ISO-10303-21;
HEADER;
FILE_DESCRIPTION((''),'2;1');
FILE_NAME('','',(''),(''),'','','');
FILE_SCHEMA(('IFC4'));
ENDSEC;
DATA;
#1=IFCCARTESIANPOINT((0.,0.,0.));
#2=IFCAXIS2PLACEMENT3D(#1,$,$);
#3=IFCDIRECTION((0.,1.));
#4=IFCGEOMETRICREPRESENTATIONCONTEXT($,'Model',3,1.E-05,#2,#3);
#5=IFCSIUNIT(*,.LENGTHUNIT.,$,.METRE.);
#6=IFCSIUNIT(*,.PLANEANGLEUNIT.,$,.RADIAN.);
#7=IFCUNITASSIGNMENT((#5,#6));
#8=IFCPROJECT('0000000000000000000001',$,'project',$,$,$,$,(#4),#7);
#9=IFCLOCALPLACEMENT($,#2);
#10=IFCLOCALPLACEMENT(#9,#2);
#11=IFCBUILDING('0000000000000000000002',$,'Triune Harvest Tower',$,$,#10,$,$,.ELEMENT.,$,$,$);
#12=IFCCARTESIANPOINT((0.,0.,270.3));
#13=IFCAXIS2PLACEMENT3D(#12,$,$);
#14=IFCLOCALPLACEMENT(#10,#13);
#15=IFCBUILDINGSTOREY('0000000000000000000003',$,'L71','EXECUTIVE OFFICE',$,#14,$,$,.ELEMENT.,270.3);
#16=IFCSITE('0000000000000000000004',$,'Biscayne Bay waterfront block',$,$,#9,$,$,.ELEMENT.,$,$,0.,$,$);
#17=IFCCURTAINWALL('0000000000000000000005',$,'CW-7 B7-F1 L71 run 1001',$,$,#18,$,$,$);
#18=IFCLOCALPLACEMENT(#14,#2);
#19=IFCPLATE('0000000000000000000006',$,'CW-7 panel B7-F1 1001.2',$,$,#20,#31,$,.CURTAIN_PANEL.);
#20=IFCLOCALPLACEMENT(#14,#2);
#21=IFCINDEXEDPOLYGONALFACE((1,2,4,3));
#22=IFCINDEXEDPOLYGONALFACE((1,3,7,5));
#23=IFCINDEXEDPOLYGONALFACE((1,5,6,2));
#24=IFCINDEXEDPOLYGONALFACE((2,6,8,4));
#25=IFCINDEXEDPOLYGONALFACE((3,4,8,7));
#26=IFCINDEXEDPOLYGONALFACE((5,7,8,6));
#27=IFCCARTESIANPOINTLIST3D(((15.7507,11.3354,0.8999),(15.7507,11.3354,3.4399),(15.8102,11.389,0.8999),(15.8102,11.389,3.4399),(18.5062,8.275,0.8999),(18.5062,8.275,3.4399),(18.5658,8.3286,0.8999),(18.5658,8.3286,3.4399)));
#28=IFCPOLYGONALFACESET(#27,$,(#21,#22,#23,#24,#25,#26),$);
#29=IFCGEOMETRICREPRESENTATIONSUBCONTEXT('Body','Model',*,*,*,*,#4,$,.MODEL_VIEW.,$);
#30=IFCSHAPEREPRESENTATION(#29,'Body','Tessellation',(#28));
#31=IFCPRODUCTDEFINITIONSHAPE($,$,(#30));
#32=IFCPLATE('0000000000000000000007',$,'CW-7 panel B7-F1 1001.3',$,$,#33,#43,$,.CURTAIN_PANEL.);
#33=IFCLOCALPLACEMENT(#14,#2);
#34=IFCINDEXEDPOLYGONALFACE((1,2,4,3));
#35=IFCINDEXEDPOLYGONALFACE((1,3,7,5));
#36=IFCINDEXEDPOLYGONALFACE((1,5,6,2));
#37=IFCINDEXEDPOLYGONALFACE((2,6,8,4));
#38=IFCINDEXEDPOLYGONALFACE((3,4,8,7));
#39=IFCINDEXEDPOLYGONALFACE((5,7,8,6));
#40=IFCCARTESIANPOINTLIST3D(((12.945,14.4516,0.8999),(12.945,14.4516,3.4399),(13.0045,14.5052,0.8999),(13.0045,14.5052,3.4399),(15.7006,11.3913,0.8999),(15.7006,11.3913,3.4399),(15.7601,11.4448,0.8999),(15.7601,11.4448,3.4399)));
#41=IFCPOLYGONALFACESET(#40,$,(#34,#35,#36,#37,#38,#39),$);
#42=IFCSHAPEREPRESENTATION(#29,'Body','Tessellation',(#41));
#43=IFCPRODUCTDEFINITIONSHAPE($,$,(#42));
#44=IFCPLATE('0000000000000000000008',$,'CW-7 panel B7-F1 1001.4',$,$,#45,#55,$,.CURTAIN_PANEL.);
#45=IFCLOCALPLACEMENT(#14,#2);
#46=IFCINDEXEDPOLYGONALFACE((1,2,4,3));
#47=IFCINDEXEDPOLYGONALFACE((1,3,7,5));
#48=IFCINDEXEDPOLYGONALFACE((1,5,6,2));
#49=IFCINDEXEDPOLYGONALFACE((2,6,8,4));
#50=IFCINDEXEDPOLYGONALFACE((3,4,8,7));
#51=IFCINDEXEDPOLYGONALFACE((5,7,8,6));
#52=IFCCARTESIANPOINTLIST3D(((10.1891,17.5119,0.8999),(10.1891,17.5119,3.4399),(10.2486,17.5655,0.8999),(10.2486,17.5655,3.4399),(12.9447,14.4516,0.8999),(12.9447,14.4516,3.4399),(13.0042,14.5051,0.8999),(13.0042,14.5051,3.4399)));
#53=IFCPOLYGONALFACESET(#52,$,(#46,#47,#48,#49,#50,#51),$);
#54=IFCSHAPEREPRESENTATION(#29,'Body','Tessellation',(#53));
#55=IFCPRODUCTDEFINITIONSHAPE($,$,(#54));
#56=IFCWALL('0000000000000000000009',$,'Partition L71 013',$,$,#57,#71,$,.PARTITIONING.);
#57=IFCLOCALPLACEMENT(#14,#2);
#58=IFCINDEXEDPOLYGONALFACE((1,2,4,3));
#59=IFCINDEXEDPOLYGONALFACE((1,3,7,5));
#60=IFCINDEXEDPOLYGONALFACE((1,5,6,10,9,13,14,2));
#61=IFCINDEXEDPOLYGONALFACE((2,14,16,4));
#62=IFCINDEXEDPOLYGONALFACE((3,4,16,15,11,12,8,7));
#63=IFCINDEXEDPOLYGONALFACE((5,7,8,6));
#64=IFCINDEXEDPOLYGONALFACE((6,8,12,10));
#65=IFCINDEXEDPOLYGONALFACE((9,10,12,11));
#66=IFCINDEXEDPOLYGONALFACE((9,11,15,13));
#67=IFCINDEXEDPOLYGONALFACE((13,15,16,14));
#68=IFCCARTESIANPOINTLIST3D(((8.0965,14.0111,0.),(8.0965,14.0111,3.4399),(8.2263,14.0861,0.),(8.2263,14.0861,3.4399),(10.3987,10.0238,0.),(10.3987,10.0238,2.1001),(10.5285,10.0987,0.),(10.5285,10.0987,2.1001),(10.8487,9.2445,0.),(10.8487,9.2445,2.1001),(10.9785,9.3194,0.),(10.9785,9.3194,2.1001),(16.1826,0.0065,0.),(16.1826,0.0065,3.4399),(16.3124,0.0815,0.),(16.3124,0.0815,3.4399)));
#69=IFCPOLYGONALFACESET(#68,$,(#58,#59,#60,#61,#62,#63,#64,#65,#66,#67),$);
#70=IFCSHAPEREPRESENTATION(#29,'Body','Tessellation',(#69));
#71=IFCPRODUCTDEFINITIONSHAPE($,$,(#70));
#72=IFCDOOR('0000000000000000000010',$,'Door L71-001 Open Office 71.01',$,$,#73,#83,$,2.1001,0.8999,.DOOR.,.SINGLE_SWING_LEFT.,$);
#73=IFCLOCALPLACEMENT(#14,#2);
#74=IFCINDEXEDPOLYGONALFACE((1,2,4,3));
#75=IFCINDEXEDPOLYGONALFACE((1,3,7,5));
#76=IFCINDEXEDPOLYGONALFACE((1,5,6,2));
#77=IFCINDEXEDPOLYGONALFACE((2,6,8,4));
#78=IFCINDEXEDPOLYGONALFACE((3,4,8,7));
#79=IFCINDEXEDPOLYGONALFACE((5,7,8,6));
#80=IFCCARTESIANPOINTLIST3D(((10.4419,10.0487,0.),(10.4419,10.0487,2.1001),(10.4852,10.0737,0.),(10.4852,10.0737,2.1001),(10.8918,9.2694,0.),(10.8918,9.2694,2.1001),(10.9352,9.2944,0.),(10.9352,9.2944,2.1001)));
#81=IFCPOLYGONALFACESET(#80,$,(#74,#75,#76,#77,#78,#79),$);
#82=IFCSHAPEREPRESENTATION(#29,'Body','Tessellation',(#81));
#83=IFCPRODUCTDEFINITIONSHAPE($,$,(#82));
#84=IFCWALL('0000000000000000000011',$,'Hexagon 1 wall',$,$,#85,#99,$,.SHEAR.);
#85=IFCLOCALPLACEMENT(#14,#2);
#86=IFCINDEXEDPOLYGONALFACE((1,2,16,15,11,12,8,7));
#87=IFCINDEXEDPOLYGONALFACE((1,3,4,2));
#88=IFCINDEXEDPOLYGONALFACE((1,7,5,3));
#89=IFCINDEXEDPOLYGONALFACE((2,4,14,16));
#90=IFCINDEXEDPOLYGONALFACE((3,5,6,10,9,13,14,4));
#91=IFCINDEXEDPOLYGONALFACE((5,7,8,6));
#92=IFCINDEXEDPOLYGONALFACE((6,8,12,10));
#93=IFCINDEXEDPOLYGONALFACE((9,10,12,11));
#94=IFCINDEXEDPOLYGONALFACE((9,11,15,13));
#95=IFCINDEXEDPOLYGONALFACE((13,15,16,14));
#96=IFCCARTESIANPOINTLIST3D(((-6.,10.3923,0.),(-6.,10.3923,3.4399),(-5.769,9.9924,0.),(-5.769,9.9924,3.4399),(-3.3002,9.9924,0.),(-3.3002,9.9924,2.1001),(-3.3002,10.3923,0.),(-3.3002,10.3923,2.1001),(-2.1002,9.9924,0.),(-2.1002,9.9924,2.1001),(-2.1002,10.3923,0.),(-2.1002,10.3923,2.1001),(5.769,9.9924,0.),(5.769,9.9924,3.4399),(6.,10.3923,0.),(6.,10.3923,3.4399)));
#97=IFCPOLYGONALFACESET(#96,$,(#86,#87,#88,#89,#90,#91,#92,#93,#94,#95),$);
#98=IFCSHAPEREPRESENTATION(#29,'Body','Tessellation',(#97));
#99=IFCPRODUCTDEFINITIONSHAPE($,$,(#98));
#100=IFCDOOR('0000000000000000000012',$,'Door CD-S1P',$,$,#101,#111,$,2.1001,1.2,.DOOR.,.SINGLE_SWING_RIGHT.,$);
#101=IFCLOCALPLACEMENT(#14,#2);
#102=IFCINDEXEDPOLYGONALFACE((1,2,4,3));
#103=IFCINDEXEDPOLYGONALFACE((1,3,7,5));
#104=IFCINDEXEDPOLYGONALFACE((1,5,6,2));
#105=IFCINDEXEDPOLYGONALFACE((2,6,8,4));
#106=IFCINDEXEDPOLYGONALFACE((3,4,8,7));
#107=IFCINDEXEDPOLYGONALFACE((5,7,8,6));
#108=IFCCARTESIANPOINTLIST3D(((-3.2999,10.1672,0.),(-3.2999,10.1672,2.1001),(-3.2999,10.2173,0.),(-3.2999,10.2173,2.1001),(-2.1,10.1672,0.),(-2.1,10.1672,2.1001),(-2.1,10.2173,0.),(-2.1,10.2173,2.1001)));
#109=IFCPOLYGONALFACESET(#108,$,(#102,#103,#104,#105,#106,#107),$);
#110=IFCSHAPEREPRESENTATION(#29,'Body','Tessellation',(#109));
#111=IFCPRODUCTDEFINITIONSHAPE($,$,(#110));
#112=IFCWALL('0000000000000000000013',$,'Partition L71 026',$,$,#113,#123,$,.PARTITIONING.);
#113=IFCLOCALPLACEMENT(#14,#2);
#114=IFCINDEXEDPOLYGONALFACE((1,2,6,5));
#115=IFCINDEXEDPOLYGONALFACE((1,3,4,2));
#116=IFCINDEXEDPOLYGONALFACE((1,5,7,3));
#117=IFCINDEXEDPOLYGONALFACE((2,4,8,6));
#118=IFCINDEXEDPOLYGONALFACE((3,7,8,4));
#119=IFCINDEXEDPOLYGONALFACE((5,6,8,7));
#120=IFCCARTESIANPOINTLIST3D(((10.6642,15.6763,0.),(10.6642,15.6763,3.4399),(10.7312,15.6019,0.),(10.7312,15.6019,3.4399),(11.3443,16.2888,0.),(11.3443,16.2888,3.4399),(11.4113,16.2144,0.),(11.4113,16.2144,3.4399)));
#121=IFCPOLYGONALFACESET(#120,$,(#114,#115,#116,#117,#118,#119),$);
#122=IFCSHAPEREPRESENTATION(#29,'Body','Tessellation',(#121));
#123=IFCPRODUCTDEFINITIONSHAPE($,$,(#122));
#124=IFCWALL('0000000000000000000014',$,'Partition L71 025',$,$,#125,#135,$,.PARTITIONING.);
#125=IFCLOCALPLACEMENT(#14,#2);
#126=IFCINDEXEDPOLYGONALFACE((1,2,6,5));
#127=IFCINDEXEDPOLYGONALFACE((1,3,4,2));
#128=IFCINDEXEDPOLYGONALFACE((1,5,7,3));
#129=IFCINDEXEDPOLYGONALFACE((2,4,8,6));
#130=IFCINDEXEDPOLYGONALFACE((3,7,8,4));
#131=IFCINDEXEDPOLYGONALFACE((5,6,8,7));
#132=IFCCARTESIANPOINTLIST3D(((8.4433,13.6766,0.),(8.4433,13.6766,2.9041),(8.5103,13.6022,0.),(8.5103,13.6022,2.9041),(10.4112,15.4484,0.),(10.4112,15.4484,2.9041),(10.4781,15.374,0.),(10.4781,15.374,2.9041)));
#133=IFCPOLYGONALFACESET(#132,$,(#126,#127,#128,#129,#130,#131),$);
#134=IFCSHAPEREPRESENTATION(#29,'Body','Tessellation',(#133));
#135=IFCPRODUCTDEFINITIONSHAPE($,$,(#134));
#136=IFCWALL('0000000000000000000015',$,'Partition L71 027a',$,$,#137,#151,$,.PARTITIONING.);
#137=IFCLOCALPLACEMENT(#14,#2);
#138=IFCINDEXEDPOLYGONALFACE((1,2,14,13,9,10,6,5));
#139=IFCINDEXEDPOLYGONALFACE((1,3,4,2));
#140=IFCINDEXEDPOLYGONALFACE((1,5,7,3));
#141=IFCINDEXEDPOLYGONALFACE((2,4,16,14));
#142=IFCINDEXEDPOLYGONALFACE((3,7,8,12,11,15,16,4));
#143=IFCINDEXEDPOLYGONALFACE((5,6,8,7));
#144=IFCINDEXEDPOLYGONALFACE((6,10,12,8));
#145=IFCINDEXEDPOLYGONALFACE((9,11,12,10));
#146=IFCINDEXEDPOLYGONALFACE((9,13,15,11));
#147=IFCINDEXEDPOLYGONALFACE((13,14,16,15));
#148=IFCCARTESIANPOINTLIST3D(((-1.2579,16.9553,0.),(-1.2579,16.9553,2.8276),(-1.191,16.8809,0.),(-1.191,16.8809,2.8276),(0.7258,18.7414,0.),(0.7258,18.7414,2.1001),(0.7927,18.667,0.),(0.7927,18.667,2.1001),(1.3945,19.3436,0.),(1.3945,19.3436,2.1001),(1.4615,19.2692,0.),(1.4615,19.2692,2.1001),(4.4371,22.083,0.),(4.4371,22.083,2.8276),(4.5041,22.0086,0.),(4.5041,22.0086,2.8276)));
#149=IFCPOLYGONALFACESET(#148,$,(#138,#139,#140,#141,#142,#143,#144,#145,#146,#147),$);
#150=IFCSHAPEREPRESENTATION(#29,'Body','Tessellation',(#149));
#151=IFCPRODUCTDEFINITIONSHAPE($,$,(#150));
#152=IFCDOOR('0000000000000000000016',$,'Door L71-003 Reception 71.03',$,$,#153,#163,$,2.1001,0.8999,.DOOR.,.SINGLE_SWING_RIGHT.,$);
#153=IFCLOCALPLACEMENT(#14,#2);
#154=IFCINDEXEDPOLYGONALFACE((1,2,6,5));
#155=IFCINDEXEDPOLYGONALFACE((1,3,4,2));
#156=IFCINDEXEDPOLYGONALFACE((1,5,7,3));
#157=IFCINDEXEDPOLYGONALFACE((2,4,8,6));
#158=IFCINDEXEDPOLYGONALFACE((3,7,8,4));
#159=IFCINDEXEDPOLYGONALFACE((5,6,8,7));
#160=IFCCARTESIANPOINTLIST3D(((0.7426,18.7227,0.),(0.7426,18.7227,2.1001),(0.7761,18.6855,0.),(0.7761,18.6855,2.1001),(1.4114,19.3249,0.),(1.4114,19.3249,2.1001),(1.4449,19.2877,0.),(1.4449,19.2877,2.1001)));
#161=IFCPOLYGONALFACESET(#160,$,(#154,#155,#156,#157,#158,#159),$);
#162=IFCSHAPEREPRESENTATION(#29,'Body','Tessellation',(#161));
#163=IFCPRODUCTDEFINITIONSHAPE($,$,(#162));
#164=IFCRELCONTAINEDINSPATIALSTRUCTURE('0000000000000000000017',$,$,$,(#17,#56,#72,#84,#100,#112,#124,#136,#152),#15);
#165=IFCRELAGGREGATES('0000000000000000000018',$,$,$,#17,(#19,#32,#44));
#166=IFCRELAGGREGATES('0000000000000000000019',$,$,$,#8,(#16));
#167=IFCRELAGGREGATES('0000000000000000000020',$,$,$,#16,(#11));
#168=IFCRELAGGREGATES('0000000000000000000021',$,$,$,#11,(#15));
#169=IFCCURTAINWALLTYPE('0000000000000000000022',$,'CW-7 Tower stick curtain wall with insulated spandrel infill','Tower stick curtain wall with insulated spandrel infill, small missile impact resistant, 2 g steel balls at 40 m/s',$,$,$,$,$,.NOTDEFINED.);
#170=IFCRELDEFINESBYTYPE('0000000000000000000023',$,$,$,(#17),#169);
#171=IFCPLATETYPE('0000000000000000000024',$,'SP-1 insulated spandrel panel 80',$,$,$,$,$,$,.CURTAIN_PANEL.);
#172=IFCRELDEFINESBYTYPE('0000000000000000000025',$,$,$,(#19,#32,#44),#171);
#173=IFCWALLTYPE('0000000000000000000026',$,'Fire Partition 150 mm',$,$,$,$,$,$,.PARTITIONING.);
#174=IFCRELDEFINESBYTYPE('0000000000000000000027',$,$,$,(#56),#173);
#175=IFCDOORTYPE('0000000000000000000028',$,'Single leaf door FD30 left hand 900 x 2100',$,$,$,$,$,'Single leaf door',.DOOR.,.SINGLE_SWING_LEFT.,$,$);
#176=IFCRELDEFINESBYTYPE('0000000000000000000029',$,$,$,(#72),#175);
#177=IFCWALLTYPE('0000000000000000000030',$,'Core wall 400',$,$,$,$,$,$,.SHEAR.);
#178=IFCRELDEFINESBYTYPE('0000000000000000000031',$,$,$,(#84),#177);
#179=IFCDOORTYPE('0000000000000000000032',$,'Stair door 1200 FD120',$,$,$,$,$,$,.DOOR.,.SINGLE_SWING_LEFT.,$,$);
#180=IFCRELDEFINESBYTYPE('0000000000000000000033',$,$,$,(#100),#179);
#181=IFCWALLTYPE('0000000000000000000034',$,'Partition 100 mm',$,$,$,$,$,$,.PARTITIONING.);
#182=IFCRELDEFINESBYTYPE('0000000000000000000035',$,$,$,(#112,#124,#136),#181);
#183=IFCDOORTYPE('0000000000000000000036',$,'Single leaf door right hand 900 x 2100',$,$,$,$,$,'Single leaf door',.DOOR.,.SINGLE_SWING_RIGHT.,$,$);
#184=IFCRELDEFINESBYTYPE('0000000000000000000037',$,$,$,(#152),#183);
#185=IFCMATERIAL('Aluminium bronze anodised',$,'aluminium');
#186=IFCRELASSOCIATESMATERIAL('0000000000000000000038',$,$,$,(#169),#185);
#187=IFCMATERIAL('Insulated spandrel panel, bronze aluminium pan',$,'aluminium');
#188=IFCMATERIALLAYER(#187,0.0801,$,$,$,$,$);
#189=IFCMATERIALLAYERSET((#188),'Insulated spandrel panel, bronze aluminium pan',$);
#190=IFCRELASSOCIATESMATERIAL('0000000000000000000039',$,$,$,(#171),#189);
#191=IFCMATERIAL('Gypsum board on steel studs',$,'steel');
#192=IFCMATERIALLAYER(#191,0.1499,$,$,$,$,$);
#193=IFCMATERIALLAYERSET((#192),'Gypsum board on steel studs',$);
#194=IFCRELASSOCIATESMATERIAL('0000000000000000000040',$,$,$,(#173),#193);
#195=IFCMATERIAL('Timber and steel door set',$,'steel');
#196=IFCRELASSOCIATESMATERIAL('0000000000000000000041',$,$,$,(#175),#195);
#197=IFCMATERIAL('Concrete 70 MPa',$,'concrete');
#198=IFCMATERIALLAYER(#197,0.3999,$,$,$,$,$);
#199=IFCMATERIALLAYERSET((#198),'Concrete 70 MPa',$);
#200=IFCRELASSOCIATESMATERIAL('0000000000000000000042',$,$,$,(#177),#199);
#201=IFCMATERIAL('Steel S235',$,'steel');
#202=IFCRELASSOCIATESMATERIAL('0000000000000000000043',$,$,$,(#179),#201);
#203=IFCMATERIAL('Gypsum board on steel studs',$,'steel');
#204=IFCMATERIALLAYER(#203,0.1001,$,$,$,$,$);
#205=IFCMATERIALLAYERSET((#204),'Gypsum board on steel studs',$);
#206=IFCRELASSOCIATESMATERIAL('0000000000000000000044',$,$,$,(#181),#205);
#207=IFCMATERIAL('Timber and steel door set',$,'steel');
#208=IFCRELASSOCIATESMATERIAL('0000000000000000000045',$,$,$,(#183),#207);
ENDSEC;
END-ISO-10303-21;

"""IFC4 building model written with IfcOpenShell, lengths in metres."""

from ifc_helpers import new_model, si_unit, direction, frame, frame_2d, origin, origin_2d, place, context, subcontext, project, spatial, polyline, rectangle, outline, extrude, source, transform, mapped, material, layer, layer_set, type_object, element, fill, aggregate, save


model = new_model("IFC4")

# Units and contexts
model_context = context("Model", 3, precision=1e-05, world=origin(), true_north=direction((0.0, 1.0)))
body_context = subcontext(model_context, "Body", "Model", "MODEL_VIEW")
ifc_project = project(units=[si_unit("LENGTHUNIT", "METRE"), si_unit("PLANEANGLEUNIT", "RADIAN")], contexts=[model_context])

# Site, building, storey
site_placement = place(None, origin())
site = spatial("IfcSite", under=ifc_project, at=site_placement, Name="Biscayne Bay waterfront block", CompositionType="ELEMENT", RefElevation=0.0)
building_placement = place(site_placement, origin())
building = spatial("IfcBuilding", under=site, at=building_placement, Name="Triune Harvest Tower", CompositionType="ELEMENT")
storey_placement = place(building_placement, frame((0.0, 0.0, 270.3)))
storey = spatial("IfcBuildingStorey", under=building, at=storey_placement, Name="L71", Description="EXECUTIVE OFFICE", CompositionType="ELEMENT", Elevation=270.3)

# Curtain wall, plates
ifc_material_1 = material(Name="Aluminium bronze anodised", Category="aluminium")
curtain_wall_type = type_object("IfcCurtainWallType", Name="CW-7 Tower stick curtain wall with insulated spandrel infill", Description="Tower stick curtain wall with insulated spandrel infill, small missile impact resistant, 2 g steel balls at 40 m/s", PredefinedType="NOTDEFINED", material=ifc_material_1)
curtain_wall_placement = place(storey_placement, origin())
curtain_wall = element("IfcCurtainWall", 1, at=curtain_wall_placement, inside=storey, type_object=curtain_wall_type, Name="CW-7 B7-F1 L71 run 1001")
ifc_material_2 = material(Name="Insulated spandrel panel, bronze aluminium pan", Category="aluminium")
ifc_layer_1 = layer(ifc_material_2, 0.0801)
ifc_layer_set_1 = layer_set([ifc_layer_1], Name="Insulated spandrel panel, bronze aluminium pan")
plate_type = type_object("IfcPlateType", Name="SP-1 insulated spandrel panel 80", PredefinedType="CURTAIN_PANEL", material=ifc_layer_set_1)
shared_shape_1 = source(origin(), body_context, "Body", "SweptSolid", [
    extrude(rectangle(XDim=4.1182, YDim=0.0801, at=origin_2d()), origin(), (0.0, 0.0, 1.0), 2.54),
])
plate_1_placement = place(storey_placement, frame((17.1582, 9.832, 0.8999), z_axis=(0.0, 0.0, 1.0), x_axis=(-0.669131, 0.743144, 0.0)))
plate_1 = element("IfcPlate", 2, at=plate_1_placement, type_object=plate_type, Name="CW-7 panel B7-F1 1001.2", PredefinedType="CURTAIN_PANEL", context=body_context, shape_type="MappedRepresentation", body=[
    mapped(shared_shape_1, transform((0.0, 0.0, 0.0), scale=1.0)),
])
plate_2_placement = place(storey_placement, frame((14.3525, 12.9482, 0.8999), z_axis=(0.0, 0.0, 1.0), x_axis=(-0.669131, 0.743144, 0.0)))
plate_2 = element("IfcPlate", 3, at=plate_2_placement, type_object=plate_type, Name="CW-7 panel B7-F1 1001.3", PredefinedType="CURTAIN_PANEL", context=body_context, shape_type="MappedRepresentation", body=[
    mapped(shared_shape_1, transform((0.0, 0.0, 0.0), scale=1.0)),
])
plate_3_placement = place(storey_placement, frame((11.5967, 16.0085, 0.8999), z_axis=(0.0, 0.0, 1.0), x_axis=(-0.669131, 0.743144, 0.0)))
plate_3 = element("IfcPlate", 4, at=plate_3_placement, type_object=plate_type, Name="CW-7 panel B7-F1 1001.4", PredefinedType="CURTAIN_PANEL", context=body_context, shape_type="MappedRepresentation", body=[
    mapped(shared_shape_1, transform((0.0, 0.0, 0.0), scale=1.0)),
])
aggregate(curtain_wall, [plate_1, plate_2, plate_3])

# Walls, openings, doors
ifc_material_3 = material(Name="Gypsum board on steel studs", Category="steel")
ifc_layer_2 = layer(ifc_material_3, 0.1499)
ifc_layer_set_2 = layer_set([ifc_layer_2], Name="Gypsum board on steel studs")
wall_type_1 = type_object("IfcWallType", Name="Fire Partition 150 mm", PredefinedType="PARTITIONING", material=ifc_layer_set_2)
wall_1_placement = place(storey_placement, frame((8.1614, 14.0486, 0.0), z_axis=(0.0, 0.0, 1.0), x_axis=(0.500028, -0.866009, 0.0)))
wall_1 = element("IfcWall", 5, at=wall_1_placement, inside=storey, type_object=wall_type_1, Name="Partition L71 013", PredefinedType="PARTITIONING", context=body_context, shape_type="SweptSolid", body=[
    extrude(rectangle(XDim=16.1714, YDim=0.1499, at=frame_2d((8.0857, 0.0))), origin(), (0.0, 0.0, 1.0), 3.4399),
])
opening_1_placement = place(wall_1_placement, frame((4.6042, 0.0, 0.0)))
opening_1 = element("IfcOpeningElement", 6, at=opening_1_placement, cuts=wall_1, PredefinedType="OPENING", context=body_context, shape_type="SweptSolid", body=[
    extrude(rectangle(XDim=0.8999, YDim=2.1001, at=frame_2d((0.45, 1.05))), frame((0.0, 0.085, 0.0), z_axis=(0.0, -1.0, 0.0), x_axis=(1.0, 0.0, 0.0)), (0.0, 0.0, 1.0), 0.1699),
])
ifc_material_4 = material(Name="Timber and steel door set", Category="steel")
door_type_1 = type_object("IfcDoorType", Name="Single leaf door FD30 left hand 900 x 2100", ElementType="Single leaf door", OperationType="SINGLE_SWING_LEFT", PredefinedType="DOOR", material=ifc_material_4)
door_1_placement = place(opening_1_placement, origin())
door_1 = element("IfcDoor", 7, at=door_1_placement, inside=storey, type_object=door_type_1, Name="Door L71-001 Open Office 71.01", OperationType="SINGLE_SWING_LEFT", OverallHeight=2.1001, OverallWidth=0.8999, PredefinedType="DOOR", context=body_context, shape_type="SweptSolid", body=[
    extrude(rectangle(XDim=0.8999, YDim=2.1001, at=frame_2d((0.45, 1.05))), frame((0.0, 0.0249, 0.0), z_axis=(0.0, -1.0, 0.0), x_axis=(1.0, 0.0, 0.0)), (0.0, 0.0, 1.0), 0.05),
])
fill(opening_1, door_1)
ifc_material_5 = material(Name="Concrete 70 MPa", Category="concrete")
ifc_layer_3 = layer(ifc_material_5, 0.3999)
ifc_layer_set_3 = layer_set([ifc_layer_3], Name="Concrete 70 MPa")
wall_type_2 = type_object("IfcWallType", Name="Core wall 400", PredefinedType="SHEAR", material=ifc_layer_set_3)
shared_shape_2 = source(origin(), body_context, "Body", "SweptSolid", [
    extrude(outline(polyline([(-0.1155, -0.2), (11.8845, -0.2), (11.6536, 0.2), (0.1155, 0.2), (-0.1155, -0.2)])), origin(), (0.0, 0.0, 1.0), 3.4399),
])
wall_2_placement = place(storey_placement, frame((5.8845, 10.1924, 0.0), z_axis=(0.0, 0.0, 1.0), x_axis=(-1.0, 0.0, 0.0)))
wall_2 = element("IfcWall", 8, at=wall_2_placement, inside=storey, type_object=wall_type_2, Name="Hexagon 1 wall", PredefinedType="SHEAR", context=body_context, shape_type="MappedRepresentation", body=[
    mapped(shared_shape_2, transform((0.0, 0.0, 0.0), scale=1.0)),
])
opening_2_placement = place(wall_2_placement, frame((7.9846, 0.0, 0.0)))
opening_2 = element("IfcOpeningElement", 9, at=opening_2_placement, cuts=wall_2, PredefinedType="OPENING", context=body_context, shape_type="SweptSolid", body=[
    extrude(rectangle(XDim=1.2, YDim=2.1001, at=frame_2d((0.6001, 1.05))), frame((0.0, 0.21, 0.0), z_axis=(0.0, -1.0, 0.0), x_axis=(1.0, 0.0, 0.0)), (0.0, 0.0, 1.0), 0.4199),
])
ifc_material_6 = material(Name="Steel S235", Category="steel")
door_type_2 = type_object("IfcDoorType", Name="Stair door 1200 FD120", OperationType="SINGLE_SWING_LEFT", PredefinedType="DOOR", material=ifc_material_6)
door_2_placement = place(opening_2_placement, frame((1.2, 0.0, 0.0), z_axis=(0.0, 0.0, 1.0), x_axis=(-1.0, 0.0, 0.0)))
door_2 = element("IfcDoor", 10, at=door_2_placement, inside=storey, type_object=door_type_2, Name="Door CD-S1P", OperationType="SINGLE_SWING_RIGHT", OverallHeight=2.1001, OverallWidth=1.2, PredefinedType="DOOR", context=body_context, shape_type="SweptSolid", body=[
    extrude(rectangle(XDim=1.2, YDim=2.1001, at=frame_2d((0.6001, 1.05))), frame((0.0, 0.0249, 0.0), z_axis=(0.0, -1.0, 0.0), x_axis=(1.0, 0.0, 0.0)), (0.0, 0.0, 1.0), 0.05),
])
fill(opening_2, door_2)

# Walls
ifc_material_7 = material(Name="Gypsum board on steel studs", Category="steel")
ifc_layer_4 = layer(ifc_material_7, 0.1001)
ifc_layer_set_4 = layer_set([ifc_layer_4], Name="Gypsum board on steel studs")
wall_type_3 = type_object("IfcWallType", Name="Partition 100 mm", PredefinedType="PARTITIONING", material=ifc_layer_set_4)
shared_shape_3 = source(origin(), body_context, "Body", "SweptSolid", [
    extrude(rectangle(XDim=0.9153, YDim=0.1001, at=frame_2d((0.4575, 0.0))), origin(), (0.0, 0.0, 1.0), 3.4399),
])
wall_3_placement = place(storey_placement, frame((10.6978, 15.6392, 0.0), z_axis=(0.0, 0.0, 1.0), x_axis=(0.743082, 0.6692, 0.0)))
element("IfcWall", 11, at=wall_3_placement, inside=storey, type_object=wall_type_3, Name="Partition L71 026", PredefinedType="PARTITIONING", context=body_context, shape_type="MappedRepresentation", body=[
    mapped(shared_shape_3, transform((0.0, 0.0, 0.0), scale=1.0)),
])
shared_shape_4 = source(origin(), body_context, "Body", "SweptSolid", [
    extrude(rectangle(XDim=2.6479, YDim=0.1001, at=frame_2d((1.324, 0.0))), origin(), (0.0, 0.0, 1.0), 2.9041),
])
wall_4_placement = place(storey_placement, frame((8.4768, 13.6394, 0.0), z_axis=(0.0, 0.0, 1.0), x_axis=(0.743157, 0.669118, 0.0)))
element("IfcWall", 12, at=wall_4_placement, inside=storey, type_object=wall_type_3, Name="Partition L71 025", PredefinedType="PARTITIONING", context=body_context, shape_type="MappedRepresentation", body=[
    mapped(shared_shape_4, transform((0.0, 0.0, 0.0), scale=1.0)),
])

# Wall, opening, door
shared_shape_5 = source(origin(), body_context, "Body", "SweptSolid", [
    extrude(rectangle(XDim=7.6633, YDim=0.1001, at=frame_2d((3.8315, 0.0))), origin(), (0.0, 0.0, 1.0), 2.8276),
])
wall_5_placement = place(storey_placement, frame((-1.2244, 16.9182, 0.0), z_axis=(0.0, 0.0, 1.0), x_axis=(0.743156, 0.669118, 0.0)))
wall_5 = element("IfcWall", 13, at=wall_5_placement, inside=storey, type_object=wall_type_3, Name="Partition L71 027a", PredefinedType="PARTITIONING", context=body_context, shape_type="MappedRepresentation", body=[
    mapped(shared_shape_5, transform((0.0, 0.0, 0.0), scale=1.0)),
])
opening_3_placement = place(wall_5_placement, frame((2.6692, 0.0, 0.0)))
opening_3 = element("IfcOpeningElement", 14, at=opening_3_placement, cuts=wall_5, PredefinedType="OPENING", context=body_context, shape_type="SweptSolid", body=[
    extrude(rectangle(XDim=0.8999, YDim=2.1001, at=frame_2d((0.45, 1.05))), frame((0.0, 0.0601, 0.0), z_axis=(0.0, -1.0, 0.0), x_axis=(1.0, 0.0, 0.0)), (0.0, 0.0, 1.0), 0.1201),
])
ifc_material_8 = material(Name="Timber and steel door set", Category="steel")
door_type_3 = type_object("IfcDoorType", Name="Single leaf door right hand 900 x 2100", ElementType="Single leaf door", OperationType="SINGLE_SWING_RIGHT", PredefinedType="DOOR", material=ifc_material_8)
door_3_placement = place(opening_3_placement, origin())
door_3 = element("IfcDoor", 15, at=door_3_placement, inside=storey, type_object=door_type_3, Name="Door L71-003 Reception 71.03", OperationType="SINGLE_SWING_RIGHT", OverallHeight=2.1001, OverallWidth=0.8999, PredefinedType="DOOR", context=body_context, shape_type="SweptSolid", body=[
    extrude(rectangle(XDim=0.8999, YDim=2.1001, at=frame_2d((0.45, 1.05))), frame((0.0, 0.0249, 0.0), z_axis=(0.0, -1.0, 0.0), x_axis=(1.0, 0.0, 0.0)), (0.0, 0.0, 1.0), 0.05),
])
fill(opening_3, door_3)

save(model, "model.ifc")
